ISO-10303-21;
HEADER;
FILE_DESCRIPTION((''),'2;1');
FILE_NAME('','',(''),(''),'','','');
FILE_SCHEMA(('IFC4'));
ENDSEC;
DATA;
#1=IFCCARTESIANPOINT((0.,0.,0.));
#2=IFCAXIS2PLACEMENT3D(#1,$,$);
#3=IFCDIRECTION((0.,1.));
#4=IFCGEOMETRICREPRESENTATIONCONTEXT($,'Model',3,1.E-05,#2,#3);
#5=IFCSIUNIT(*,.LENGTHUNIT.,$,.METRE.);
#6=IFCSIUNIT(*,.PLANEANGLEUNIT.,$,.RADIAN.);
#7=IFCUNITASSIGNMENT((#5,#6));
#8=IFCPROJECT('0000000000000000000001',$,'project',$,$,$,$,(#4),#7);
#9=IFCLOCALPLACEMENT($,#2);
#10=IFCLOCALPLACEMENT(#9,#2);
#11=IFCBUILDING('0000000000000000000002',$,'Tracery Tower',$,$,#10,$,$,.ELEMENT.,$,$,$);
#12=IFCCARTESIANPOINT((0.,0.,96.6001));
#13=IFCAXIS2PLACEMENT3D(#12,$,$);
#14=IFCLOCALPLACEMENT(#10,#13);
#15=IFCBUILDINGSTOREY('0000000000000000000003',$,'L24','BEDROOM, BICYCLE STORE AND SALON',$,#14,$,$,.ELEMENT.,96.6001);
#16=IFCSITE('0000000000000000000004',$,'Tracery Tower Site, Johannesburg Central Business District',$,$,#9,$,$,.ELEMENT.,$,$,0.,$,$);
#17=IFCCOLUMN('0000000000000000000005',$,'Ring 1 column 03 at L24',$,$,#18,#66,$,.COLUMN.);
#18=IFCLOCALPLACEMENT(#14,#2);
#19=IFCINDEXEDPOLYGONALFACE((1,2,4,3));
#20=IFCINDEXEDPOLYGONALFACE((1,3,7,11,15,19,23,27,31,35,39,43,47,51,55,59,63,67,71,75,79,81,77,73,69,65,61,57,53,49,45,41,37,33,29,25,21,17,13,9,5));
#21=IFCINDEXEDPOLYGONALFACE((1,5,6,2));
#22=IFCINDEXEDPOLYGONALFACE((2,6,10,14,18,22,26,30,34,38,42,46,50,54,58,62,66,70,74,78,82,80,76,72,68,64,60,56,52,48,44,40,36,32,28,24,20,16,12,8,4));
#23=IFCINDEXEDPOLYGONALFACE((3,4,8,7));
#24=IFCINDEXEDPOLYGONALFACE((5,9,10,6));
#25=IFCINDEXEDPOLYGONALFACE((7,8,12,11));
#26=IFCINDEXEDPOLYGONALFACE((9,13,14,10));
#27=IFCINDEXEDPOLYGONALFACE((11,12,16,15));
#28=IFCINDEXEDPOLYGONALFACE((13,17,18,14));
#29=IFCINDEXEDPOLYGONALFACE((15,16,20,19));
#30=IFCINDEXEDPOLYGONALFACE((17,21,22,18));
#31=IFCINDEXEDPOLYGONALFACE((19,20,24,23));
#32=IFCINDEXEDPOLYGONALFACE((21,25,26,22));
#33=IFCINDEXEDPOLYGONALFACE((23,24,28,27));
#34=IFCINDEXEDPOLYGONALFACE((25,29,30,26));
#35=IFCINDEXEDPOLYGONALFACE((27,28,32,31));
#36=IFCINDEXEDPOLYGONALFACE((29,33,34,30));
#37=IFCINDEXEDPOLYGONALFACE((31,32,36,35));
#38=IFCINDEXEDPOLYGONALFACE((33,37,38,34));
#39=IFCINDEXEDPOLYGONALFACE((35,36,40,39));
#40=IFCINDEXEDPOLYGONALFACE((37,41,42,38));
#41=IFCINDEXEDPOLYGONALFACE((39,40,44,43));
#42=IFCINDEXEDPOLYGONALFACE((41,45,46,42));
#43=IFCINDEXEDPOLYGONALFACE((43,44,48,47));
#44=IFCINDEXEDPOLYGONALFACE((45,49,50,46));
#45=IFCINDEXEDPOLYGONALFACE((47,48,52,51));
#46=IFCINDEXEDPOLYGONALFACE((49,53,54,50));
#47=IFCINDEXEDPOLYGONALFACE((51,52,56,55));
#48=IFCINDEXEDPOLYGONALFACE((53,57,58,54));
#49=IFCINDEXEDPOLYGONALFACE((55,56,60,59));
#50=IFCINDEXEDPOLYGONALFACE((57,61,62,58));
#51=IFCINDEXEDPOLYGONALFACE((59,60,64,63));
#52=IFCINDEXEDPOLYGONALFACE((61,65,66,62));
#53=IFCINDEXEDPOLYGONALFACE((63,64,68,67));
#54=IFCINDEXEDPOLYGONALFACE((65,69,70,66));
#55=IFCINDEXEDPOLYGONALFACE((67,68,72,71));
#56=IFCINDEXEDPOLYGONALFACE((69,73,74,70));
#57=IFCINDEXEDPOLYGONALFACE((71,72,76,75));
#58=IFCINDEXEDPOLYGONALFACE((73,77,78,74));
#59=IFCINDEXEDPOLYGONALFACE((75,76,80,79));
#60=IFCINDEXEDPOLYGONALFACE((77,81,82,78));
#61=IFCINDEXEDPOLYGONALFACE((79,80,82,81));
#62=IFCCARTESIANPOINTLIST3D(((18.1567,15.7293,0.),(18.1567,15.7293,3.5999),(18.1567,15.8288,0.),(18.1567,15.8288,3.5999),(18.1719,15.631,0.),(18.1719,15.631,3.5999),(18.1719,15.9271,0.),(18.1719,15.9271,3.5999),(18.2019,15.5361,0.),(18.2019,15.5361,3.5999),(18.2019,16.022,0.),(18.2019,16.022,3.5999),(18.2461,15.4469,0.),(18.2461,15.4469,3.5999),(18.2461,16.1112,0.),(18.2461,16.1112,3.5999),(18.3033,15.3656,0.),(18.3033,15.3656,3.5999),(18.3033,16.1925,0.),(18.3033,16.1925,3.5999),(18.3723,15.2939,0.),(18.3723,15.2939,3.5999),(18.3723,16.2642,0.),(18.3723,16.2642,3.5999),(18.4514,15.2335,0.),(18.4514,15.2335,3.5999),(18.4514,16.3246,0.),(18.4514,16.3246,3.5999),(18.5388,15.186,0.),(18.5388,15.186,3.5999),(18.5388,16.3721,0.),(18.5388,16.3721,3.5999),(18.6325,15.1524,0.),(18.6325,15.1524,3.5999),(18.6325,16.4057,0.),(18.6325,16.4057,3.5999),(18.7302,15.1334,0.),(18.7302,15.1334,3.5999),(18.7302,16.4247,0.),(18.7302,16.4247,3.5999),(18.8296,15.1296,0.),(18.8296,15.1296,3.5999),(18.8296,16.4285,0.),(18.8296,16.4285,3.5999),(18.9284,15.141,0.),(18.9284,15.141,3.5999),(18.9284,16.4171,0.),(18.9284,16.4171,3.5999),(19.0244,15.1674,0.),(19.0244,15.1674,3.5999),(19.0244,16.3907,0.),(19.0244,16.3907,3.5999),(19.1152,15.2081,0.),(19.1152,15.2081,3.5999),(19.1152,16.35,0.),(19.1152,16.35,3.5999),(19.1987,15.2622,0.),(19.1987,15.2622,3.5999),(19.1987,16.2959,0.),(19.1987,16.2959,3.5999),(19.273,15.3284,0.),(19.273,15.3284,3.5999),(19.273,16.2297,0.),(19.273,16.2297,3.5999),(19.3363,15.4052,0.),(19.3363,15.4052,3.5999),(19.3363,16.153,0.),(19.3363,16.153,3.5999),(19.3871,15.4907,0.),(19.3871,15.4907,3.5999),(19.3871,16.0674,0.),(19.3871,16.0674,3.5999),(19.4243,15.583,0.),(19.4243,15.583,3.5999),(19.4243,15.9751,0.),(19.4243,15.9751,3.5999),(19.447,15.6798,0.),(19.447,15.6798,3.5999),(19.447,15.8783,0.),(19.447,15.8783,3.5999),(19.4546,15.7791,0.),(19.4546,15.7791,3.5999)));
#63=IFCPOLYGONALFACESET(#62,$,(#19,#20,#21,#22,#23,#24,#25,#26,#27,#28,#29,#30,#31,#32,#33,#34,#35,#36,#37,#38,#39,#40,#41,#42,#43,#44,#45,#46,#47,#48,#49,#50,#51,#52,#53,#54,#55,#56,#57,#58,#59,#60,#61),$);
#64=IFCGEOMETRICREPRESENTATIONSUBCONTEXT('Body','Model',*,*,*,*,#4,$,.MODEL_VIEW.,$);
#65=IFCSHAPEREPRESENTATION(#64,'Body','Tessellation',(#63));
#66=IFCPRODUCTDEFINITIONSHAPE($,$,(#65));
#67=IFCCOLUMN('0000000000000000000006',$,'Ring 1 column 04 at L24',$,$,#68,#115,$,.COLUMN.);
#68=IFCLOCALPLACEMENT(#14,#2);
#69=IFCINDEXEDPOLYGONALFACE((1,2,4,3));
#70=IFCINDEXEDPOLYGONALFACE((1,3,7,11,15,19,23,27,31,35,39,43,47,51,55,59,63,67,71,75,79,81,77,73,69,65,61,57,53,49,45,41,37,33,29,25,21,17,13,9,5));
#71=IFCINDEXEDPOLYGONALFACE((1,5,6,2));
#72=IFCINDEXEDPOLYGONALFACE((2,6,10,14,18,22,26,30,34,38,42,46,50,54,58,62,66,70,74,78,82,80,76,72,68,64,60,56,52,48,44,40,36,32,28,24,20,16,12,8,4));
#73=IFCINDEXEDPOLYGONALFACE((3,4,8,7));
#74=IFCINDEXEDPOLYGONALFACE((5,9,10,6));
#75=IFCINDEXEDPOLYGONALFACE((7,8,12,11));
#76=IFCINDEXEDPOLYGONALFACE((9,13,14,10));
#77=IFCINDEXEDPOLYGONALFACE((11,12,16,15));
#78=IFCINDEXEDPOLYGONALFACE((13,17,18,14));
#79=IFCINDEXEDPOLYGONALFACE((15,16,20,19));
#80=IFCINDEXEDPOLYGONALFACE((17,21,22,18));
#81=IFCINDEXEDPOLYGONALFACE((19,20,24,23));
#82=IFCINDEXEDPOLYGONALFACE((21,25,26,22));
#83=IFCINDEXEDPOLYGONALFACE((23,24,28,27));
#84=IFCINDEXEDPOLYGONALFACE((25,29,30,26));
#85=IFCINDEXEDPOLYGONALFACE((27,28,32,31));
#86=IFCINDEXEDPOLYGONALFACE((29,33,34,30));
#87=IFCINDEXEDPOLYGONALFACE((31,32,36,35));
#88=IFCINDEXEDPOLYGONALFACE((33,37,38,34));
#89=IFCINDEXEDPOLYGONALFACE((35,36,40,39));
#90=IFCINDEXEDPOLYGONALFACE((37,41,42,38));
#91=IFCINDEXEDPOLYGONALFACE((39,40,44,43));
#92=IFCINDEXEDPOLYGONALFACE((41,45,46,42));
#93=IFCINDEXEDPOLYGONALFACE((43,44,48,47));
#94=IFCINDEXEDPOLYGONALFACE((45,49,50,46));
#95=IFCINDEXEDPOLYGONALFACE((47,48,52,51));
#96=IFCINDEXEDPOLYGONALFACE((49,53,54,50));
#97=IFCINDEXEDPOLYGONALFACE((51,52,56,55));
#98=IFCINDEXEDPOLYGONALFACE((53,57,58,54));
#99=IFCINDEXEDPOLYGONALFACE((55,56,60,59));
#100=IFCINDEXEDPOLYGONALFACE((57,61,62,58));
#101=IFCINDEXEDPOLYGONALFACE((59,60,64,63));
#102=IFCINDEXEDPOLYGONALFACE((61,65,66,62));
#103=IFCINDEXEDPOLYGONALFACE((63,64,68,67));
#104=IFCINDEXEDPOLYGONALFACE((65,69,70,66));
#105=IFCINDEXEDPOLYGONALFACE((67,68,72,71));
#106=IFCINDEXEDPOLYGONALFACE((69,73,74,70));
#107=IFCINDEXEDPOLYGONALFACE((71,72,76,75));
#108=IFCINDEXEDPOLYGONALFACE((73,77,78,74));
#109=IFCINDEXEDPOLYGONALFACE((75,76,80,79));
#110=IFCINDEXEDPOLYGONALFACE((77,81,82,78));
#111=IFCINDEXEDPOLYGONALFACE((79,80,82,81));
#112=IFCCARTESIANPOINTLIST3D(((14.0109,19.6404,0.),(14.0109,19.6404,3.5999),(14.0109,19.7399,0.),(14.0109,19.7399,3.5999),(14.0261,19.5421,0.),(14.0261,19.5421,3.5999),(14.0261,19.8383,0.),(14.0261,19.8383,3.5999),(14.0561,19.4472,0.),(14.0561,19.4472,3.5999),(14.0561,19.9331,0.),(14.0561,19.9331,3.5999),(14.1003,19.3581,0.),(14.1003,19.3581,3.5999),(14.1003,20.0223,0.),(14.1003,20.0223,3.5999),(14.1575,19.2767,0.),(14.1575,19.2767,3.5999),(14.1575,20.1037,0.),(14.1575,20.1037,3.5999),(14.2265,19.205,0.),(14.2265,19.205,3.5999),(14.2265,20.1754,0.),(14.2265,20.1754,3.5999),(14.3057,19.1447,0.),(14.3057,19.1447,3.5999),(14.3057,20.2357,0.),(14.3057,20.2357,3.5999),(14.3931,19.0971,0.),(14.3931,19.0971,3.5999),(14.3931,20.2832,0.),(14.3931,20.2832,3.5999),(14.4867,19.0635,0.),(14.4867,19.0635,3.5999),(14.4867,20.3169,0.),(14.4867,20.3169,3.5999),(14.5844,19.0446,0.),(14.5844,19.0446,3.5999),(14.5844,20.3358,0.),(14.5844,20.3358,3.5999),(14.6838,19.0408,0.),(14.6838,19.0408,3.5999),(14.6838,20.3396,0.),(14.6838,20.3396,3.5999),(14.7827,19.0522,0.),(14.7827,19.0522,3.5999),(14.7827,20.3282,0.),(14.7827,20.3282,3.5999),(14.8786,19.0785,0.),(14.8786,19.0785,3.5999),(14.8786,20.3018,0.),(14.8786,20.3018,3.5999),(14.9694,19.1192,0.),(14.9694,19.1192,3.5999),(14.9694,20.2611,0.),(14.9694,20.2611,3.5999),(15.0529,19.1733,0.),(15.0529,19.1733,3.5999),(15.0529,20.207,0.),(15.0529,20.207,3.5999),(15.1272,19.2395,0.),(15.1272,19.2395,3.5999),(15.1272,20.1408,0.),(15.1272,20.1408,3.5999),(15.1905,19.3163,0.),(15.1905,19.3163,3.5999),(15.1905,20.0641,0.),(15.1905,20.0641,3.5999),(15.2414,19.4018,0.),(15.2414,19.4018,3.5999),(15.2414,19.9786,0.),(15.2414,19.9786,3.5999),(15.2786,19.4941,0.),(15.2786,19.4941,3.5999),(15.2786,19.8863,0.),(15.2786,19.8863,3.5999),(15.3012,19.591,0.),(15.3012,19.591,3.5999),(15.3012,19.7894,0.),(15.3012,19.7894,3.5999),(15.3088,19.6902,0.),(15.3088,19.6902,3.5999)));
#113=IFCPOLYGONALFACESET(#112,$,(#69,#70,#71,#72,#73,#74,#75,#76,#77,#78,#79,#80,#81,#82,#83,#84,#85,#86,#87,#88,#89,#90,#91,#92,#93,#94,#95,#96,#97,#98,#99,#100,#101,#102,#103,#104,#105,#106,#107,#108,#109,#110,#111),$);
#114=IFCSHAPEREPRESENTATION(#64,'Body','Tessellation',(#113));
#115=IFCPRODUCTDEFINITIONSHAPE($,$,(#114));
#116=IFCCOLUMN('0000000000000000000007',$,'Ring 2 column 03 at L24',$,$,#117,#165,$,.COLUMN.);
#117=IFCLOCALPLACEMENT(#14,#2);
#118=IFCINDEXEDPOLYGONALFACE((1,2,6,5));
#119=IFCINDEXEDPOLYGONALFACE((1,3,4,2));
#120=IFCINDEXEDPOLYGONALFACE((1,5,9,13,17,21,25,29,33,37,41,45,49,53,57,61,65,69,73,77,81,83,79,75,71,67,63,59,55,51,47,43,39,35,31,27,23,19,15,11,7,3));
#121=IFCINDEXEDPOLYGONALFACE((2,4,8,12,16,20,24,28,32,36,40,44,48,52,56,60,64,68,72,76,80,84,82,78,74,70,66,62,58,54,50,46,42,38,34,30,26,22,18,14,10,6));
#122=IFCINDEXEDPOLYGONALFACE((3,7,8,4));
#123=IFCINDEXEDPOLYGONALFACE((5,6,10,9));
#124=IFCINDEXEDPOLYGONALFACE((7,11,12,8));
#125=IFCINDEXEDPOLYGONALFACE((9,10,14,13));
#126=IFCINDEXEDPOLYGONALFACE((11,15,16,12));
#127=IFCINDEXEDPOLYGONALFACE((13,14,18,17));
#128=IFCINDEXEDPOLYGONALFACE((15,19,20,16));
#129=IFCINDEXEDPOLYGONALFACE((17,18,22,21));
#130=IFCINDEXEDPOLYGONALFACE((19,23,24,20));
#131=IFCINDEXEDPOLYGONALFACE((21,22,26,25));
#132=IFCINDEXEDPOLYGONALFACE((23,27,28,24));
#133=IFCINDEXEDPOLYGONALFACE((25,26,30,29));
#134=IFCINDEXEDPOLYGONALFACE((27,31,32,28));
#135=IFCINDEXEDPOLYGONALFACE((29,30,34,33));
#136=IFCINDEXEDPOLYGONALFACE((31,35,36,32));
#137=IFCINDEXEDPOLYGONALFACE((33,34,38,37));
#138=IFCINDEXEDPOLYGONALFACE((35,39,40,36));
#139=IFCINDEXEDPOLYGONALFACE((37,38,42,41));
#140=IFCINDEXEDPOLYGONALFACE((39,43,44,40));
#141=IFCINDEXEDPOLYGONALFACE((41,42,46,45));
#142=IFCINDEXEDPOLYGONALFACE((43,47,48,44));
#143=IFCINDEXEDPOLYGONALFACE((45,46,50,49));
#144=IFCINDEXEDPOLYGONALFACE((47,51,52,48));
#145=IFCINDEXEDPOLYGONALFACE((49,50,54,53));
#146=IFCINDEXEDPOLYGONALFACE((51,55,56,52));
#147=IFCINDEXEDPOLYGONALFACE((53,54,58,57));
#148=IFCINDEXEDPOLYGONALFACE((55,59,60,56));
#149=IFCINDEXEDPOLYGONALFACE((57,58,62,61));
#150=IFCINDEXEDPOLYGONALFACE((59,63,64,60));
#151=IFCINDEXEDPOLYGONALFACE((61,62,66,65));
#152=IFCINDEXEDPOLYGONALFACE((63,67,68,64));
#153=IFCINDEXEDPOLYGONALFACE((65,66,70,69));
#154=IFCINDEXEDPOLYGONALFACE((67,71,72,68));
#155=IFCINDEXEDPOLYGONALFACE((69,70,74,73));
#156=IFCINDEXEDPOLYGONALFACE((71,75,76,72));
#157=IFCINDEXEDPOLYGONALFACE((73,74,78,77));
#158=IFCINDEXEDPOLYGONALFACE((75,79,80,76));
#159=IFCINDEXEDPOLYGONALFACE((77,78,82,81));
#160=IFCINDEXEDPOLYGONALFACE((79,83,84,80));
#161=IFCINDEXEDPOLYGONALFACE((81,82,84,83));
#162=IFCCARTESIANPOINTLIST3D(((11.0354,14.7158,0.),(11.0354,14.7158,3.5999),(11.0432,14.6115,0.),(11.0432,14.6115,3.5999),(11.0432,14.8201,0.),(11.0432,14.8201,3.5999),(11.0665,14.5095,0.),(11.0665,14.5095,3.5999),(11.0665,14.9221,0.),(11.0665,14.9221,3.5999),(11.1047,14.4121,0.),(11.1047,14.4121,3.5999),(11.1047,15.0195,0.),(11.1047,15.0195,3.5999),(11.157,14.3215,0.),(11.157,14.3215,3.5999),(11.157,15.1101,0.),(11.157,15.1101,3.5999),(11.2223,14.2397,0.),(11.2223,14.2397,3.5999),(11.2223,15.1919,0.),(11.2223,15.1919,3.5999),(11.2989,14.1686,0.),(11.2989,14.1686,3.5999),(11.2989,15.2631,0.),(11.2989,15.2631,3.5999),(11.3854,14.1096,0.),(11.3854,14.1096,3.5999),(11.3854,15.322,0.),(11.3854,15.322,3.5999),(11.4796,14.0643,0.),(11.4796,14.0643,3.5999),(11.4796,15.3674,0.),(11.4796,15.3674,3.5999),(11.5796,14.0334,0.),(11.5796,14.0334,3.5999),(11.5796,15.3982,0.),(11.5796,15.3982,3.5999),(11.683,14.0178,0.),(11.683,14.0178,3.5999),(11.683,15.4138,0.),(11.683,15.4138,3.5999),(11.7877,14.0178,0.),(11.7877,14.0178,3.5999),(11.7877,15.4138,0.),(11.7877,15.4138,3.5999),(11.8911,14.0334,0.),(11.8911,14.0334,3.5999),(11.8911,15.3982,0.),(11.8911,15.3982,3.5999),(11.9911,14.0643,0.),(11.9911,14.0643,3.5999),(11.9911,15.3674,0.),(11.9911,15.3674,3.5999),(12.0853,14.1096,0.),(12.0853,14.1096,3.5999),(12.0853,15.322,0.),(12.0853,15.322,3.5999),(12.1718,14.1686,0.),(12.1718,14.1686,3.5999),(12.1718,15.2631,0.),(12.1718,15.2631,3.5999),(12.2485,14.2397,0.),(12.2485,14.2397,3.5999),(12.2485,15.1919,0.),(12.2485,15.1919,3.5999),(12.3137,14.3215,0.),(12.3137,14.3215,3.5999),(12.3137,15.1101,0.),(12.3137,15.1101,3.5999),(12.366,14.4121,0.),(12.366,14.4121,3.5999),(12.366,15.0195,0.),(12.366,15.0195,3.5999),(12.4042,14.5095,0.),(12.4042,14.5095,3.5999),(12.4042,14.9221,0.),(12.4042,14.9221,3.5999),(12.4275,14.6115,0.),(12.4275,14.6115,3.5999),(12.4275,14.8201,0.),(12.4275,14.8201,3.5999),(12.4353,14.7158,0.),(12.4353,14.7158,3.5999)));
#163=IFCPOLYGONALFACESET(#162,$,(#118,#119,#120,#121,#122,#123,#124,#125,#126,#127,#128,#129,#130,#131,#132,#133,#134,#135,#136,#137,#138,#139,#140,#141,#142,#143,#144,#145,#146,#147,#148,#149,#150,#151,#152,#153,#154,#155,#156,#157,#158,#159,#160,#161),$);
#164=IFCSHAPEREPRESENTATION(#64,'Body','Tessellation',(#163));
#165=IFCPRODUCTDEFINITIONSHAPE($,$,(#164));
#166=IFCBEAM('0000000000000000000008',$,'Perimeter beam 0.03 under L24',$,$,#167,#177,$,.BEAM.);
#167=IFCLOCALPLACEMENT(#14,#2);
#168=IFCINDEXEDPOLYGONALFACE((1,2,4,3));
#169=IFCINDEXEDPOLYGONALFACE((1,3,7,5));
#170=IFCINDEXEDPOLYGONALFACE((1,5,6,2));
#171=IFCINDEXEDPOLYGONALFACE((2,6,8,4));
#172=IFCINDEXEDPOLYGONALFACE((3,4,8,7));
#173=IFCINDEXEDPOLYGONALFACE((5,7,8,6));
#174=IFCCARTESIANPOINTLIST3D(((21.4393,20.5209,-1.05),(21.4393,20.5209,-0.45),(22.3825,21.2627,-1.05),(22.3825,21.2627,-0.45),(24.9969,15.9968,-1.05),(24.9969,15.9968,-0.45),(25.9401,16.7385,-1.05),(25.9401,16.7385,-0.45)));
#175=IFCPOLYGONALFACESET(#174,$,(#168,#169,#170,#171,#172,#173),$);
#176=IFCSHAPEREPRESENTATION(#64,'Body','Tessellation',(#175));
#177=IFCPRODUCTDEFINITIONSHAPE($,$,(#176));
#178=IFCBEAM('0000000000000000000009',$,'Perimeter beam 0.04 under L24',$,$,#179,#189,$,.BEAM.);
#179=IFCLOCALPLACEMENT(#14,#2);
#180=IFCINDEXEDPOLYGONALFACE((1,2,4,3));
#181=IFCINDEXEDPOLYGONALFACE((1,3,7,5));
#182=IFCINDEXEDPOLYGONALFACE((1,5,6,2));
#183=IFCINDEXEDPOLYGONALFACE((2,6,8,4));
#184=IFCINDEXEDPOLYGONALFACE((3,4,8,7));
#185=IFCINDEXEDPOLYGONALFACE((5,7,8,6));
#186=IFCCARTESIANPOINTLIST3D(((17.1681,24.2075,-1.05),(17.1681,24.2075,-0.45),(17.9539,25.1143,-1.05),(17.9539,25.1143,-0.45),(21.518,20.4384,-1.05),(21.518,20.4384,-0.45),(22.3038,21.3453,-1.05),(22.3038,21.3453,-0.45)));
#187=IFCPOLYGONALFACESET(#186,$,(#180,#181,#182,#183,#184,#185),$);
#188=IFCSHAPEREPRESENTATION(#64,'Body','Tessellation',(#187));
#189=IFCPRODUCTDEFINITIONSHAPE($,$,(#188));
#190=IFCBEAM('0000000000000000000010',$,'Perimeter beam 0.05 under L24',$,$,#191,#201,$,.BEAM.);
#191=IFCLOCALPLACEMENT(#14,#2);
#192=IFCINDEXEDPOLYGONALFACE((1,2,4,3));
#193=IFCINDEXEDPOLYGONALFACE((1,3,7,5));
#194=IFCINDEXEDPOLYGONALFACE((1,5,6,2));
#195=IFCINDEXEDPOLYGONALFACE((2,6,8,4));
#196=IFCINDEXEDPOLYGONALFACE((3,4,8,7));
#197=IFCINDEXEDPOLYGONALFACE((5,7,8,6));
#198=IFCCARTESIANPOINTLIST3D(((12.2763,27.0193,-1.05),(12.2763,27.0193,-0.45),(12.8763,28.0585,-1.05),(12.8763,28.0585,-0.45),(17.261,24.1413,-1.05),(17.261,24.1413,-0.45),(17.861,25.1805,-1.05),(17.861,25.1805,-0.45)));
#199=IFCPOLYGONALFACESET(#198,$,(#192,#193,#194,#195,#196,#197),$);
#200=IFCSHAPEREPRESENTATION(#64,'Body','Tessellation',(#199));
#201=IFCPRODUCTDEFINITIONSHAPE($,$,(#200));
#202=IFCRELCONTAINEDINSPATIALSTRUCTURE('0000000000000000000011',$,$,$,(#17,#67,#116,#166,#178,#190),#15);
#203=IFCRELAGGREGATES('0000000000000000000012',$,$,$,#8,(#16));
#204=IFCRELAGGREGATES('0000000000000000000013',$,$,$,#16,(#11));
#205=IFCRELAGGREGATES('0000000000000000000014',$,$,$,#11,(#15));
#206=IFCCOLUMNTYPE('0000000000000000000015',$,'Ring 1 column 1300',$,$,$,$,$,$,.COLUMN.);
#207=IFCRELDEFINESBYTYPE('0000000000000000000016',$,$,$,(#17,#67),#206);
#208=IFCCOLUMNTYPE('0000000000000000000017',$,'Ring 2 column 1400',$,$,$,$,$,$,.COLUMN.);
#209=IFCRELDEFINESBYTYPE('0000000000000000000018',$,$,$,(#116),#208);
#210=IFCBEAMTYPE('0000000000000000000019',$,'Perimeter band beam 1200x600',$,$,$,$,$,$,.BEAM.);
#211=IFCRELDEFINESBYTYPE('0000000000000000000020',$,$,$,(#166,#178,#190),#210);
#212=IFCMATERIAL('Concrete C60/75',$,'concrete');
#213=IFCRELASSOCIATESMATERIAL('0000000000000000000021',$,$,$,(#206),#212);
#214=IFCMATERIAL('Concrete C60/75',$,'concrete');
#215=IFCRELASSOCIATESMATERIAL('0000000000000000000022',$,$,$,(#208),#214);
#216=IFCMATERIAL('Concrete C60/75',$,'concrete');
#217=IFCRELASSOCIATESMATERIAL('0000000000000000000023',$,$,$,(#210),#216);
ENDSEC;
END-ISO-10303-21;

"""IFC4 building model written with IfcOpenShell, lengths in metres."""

from ifc_helpers import new_model, si_unit, direction, frame, origin, origin_2d, place, context, subcontext, project, spatial, rectangle, circle, extrude, material, material_profile, profile_set, type_object, element, save


model = new_model("IFC4")

# Units and contexts
model_context = context("Model", 3, precision=1e-05, world=origin(), true_north=direction((0.0, 1.0)))
body_context = subcontext(model_context, "Body", "Model", "MODEL_VIEW")
ifc_project = project(units=[si_unit("LENGTHUNIT", "METRE"), si_unit("PLANEANGLEUNIT", "RADIAN")], contexts=[model_context])

# Site, building, storey
site_placement = place(None, origin())
site = spatial("IfcSite", under=ifc_project, at=site_placement, Name="Tracery Tower Site, Johannesburg Central Business District", CompositionType="ELEMENT", RefElevation=0.0)
building_placement = place(site_placement, origin())
building = spatial("IfcBuilding", under=site, at=building_placement, Name="Tracery Tower", CompositionType="ELEMENT")
storey_placement = place(building_placement, frame((0.0, 0.0, 96.6001)))
storey = spatial("IfcBuildingStorey", under=building, at=storey_placement, Name="L24", Description="BEDROOM, BICYCLE STORE AND SALON", CompositionType="ELEMENT", Elevation=96.6001)

# Columns
ifc_material_1 = material(Name="Concrete C60/75", Category="concrete")
ifc_material_profile_1 = material_profile(ifc_material_1, circle(Radius=0.6499, at=origin_2d()), Name="RC D1300")
ifc_profile_set_1 = profile_set([ifc_material_profile_1], Name="Concrete C60/75")
column_type_1 = type_object("IfcColumnType", Name="Ring 1 column 1300", PredefinedType="COLUMN", material=ifc_profile_set_1)
for number, where, z_axis, x_axis, name in (
    (1, (18.8047, 15.7791, 0.0), (0.0, 0.0, 1.0), (1.0, 0.0, 0.0), "Ring 1 column 03 at L24"),
    (2, (14.6589, 19.6902, 0.0), (0.0, 0.0, 1.0), (1.0, 0.0, 0.0), "Ring 1 column 04 at L24"),
):
    element("IfcColumn", number, at=place(storey_placement, frame(where, z_axis=z_axis, x_axis=x_axis)), inside=storey, type_object=column_type_1, Name=name, PredefinedType="COLUMN", context=body_context, shape_type="SweptSolid", body=[
        extrude(circle(Radius=0.6499, at=origin_2d()), origin(), (0.0, 0.0, 1.0), 3.5999),
    ])
ifc_material_2 = material(Name="Concrete C60/75", Category="concrete")
ifc_material_profile_2 = material_profile(ifc_material_2, circle(Radius=0.7, at=origin_2d()), Name="RC D1400")
ifc_profile_set_2 = profile_set([ifc_material_profile_2], Name="Concrete C60/75")
column_type_2 = type_object("IfcColumnType", Name="Ring 2 column 1400", PredefinedType="COLUMN", material=ifc_profile_set_2)
column_placement = place(storey_placement, frame((11.7354, 14.7158, 0.0), z_axis=(0.0, 0.0, 1.0), x_axis=(1.0, 0.0, 0.0)))
element("IfcColumn", 3, at=column_placement, inside=storey, type_object=column_type_2, Name="Ring 2 column 03 at L24", PredefinedType="COLUMN", context=body_context, shape_type="SweptSolid", body=[
    extrude(circle(Radius=0.7, at=origin_2d()), origin(), (0.0, 0.0, 1.0), 3.5999),
])

# Beams
ifc_material_3 = material(Name="Concrete C60/75", Category="concrete")
ifc_material_profile_3 = material_profile(ifc_material_3, rectangle(XDim=1.2, YDim=0.6001, at=origin_2d()), Name="RC 1200x600")
ifc_profile_set_3 = profile_set([ifc_material_profile_3], Name="Concrete C60/75")
beam_type = type_object("IfcBeamType", Name="Perimeter band beam 1200x600", PredefinedType="BEAM", material=ifc_profile_set_3)
beam_1_placement = place(storey_placement, frame((25.4685, 16.3677, -0.75), z_axis=(-0.618134, 0.786072, 0.0), x_axis=(-0.786072, -0.618134, 0.0)))
element("IfcBeam", 4, at=beam_1_placement, inside=storey, type_object=beam_type, Name="Perimeter beam 0.03 under L24", PredefinedType="BEAM", context=body_context, shape_type="SweptSolid", body=[
    extrude(rectangle(XDim=1.2, YDim=0.6001, at=origin_2d()), origin(), (0.0, 0.0, 1.0), 5.7554),
])
beam_2_placement = place(storey_placement, frame((21.9109, 20.8918, -0.75), z_axis=(-0.75576, 0.654848, 0.0), x_axis=(-0.654848, -0.75576, 0.0)))
element("IfcBeam", 5, at=beam_2_placement, inside=storey, type_object=beam_type, Name="Perimeter beam 0.04 under L24", PredefinedType="BEAM", context=body_context, shape_type="SweptSolid", body=[
    extrude(rectangle(XDim=1.2, YDim=0.6001, at=origin_2d()), origin(), (0.0, 0.0, 1.0), 5.7556),
])
beam_3_placement = place(storey_placement, frame((17.561, 24.6609, -0.75), z_axis=(-0.866021, 0.500008, 0.0), x_axis=(-0.500008, -0.866021, 0.0)))
element("IfcBeam", 6, at=beam_3_placement, inside=storey, type_object=beam_type, Name="Perimeter beam 0.05 under L24", PredefinedType="BEAM", context=body_context, shape_type="SweptSolid", body=[
    extrude(rectangle(XDim=1.2, YDim=0.6001, at=origin_2d()), origin(), (0.0, 0.0, 1.0), 5.7559),
])

save(model, "model.ifc")
